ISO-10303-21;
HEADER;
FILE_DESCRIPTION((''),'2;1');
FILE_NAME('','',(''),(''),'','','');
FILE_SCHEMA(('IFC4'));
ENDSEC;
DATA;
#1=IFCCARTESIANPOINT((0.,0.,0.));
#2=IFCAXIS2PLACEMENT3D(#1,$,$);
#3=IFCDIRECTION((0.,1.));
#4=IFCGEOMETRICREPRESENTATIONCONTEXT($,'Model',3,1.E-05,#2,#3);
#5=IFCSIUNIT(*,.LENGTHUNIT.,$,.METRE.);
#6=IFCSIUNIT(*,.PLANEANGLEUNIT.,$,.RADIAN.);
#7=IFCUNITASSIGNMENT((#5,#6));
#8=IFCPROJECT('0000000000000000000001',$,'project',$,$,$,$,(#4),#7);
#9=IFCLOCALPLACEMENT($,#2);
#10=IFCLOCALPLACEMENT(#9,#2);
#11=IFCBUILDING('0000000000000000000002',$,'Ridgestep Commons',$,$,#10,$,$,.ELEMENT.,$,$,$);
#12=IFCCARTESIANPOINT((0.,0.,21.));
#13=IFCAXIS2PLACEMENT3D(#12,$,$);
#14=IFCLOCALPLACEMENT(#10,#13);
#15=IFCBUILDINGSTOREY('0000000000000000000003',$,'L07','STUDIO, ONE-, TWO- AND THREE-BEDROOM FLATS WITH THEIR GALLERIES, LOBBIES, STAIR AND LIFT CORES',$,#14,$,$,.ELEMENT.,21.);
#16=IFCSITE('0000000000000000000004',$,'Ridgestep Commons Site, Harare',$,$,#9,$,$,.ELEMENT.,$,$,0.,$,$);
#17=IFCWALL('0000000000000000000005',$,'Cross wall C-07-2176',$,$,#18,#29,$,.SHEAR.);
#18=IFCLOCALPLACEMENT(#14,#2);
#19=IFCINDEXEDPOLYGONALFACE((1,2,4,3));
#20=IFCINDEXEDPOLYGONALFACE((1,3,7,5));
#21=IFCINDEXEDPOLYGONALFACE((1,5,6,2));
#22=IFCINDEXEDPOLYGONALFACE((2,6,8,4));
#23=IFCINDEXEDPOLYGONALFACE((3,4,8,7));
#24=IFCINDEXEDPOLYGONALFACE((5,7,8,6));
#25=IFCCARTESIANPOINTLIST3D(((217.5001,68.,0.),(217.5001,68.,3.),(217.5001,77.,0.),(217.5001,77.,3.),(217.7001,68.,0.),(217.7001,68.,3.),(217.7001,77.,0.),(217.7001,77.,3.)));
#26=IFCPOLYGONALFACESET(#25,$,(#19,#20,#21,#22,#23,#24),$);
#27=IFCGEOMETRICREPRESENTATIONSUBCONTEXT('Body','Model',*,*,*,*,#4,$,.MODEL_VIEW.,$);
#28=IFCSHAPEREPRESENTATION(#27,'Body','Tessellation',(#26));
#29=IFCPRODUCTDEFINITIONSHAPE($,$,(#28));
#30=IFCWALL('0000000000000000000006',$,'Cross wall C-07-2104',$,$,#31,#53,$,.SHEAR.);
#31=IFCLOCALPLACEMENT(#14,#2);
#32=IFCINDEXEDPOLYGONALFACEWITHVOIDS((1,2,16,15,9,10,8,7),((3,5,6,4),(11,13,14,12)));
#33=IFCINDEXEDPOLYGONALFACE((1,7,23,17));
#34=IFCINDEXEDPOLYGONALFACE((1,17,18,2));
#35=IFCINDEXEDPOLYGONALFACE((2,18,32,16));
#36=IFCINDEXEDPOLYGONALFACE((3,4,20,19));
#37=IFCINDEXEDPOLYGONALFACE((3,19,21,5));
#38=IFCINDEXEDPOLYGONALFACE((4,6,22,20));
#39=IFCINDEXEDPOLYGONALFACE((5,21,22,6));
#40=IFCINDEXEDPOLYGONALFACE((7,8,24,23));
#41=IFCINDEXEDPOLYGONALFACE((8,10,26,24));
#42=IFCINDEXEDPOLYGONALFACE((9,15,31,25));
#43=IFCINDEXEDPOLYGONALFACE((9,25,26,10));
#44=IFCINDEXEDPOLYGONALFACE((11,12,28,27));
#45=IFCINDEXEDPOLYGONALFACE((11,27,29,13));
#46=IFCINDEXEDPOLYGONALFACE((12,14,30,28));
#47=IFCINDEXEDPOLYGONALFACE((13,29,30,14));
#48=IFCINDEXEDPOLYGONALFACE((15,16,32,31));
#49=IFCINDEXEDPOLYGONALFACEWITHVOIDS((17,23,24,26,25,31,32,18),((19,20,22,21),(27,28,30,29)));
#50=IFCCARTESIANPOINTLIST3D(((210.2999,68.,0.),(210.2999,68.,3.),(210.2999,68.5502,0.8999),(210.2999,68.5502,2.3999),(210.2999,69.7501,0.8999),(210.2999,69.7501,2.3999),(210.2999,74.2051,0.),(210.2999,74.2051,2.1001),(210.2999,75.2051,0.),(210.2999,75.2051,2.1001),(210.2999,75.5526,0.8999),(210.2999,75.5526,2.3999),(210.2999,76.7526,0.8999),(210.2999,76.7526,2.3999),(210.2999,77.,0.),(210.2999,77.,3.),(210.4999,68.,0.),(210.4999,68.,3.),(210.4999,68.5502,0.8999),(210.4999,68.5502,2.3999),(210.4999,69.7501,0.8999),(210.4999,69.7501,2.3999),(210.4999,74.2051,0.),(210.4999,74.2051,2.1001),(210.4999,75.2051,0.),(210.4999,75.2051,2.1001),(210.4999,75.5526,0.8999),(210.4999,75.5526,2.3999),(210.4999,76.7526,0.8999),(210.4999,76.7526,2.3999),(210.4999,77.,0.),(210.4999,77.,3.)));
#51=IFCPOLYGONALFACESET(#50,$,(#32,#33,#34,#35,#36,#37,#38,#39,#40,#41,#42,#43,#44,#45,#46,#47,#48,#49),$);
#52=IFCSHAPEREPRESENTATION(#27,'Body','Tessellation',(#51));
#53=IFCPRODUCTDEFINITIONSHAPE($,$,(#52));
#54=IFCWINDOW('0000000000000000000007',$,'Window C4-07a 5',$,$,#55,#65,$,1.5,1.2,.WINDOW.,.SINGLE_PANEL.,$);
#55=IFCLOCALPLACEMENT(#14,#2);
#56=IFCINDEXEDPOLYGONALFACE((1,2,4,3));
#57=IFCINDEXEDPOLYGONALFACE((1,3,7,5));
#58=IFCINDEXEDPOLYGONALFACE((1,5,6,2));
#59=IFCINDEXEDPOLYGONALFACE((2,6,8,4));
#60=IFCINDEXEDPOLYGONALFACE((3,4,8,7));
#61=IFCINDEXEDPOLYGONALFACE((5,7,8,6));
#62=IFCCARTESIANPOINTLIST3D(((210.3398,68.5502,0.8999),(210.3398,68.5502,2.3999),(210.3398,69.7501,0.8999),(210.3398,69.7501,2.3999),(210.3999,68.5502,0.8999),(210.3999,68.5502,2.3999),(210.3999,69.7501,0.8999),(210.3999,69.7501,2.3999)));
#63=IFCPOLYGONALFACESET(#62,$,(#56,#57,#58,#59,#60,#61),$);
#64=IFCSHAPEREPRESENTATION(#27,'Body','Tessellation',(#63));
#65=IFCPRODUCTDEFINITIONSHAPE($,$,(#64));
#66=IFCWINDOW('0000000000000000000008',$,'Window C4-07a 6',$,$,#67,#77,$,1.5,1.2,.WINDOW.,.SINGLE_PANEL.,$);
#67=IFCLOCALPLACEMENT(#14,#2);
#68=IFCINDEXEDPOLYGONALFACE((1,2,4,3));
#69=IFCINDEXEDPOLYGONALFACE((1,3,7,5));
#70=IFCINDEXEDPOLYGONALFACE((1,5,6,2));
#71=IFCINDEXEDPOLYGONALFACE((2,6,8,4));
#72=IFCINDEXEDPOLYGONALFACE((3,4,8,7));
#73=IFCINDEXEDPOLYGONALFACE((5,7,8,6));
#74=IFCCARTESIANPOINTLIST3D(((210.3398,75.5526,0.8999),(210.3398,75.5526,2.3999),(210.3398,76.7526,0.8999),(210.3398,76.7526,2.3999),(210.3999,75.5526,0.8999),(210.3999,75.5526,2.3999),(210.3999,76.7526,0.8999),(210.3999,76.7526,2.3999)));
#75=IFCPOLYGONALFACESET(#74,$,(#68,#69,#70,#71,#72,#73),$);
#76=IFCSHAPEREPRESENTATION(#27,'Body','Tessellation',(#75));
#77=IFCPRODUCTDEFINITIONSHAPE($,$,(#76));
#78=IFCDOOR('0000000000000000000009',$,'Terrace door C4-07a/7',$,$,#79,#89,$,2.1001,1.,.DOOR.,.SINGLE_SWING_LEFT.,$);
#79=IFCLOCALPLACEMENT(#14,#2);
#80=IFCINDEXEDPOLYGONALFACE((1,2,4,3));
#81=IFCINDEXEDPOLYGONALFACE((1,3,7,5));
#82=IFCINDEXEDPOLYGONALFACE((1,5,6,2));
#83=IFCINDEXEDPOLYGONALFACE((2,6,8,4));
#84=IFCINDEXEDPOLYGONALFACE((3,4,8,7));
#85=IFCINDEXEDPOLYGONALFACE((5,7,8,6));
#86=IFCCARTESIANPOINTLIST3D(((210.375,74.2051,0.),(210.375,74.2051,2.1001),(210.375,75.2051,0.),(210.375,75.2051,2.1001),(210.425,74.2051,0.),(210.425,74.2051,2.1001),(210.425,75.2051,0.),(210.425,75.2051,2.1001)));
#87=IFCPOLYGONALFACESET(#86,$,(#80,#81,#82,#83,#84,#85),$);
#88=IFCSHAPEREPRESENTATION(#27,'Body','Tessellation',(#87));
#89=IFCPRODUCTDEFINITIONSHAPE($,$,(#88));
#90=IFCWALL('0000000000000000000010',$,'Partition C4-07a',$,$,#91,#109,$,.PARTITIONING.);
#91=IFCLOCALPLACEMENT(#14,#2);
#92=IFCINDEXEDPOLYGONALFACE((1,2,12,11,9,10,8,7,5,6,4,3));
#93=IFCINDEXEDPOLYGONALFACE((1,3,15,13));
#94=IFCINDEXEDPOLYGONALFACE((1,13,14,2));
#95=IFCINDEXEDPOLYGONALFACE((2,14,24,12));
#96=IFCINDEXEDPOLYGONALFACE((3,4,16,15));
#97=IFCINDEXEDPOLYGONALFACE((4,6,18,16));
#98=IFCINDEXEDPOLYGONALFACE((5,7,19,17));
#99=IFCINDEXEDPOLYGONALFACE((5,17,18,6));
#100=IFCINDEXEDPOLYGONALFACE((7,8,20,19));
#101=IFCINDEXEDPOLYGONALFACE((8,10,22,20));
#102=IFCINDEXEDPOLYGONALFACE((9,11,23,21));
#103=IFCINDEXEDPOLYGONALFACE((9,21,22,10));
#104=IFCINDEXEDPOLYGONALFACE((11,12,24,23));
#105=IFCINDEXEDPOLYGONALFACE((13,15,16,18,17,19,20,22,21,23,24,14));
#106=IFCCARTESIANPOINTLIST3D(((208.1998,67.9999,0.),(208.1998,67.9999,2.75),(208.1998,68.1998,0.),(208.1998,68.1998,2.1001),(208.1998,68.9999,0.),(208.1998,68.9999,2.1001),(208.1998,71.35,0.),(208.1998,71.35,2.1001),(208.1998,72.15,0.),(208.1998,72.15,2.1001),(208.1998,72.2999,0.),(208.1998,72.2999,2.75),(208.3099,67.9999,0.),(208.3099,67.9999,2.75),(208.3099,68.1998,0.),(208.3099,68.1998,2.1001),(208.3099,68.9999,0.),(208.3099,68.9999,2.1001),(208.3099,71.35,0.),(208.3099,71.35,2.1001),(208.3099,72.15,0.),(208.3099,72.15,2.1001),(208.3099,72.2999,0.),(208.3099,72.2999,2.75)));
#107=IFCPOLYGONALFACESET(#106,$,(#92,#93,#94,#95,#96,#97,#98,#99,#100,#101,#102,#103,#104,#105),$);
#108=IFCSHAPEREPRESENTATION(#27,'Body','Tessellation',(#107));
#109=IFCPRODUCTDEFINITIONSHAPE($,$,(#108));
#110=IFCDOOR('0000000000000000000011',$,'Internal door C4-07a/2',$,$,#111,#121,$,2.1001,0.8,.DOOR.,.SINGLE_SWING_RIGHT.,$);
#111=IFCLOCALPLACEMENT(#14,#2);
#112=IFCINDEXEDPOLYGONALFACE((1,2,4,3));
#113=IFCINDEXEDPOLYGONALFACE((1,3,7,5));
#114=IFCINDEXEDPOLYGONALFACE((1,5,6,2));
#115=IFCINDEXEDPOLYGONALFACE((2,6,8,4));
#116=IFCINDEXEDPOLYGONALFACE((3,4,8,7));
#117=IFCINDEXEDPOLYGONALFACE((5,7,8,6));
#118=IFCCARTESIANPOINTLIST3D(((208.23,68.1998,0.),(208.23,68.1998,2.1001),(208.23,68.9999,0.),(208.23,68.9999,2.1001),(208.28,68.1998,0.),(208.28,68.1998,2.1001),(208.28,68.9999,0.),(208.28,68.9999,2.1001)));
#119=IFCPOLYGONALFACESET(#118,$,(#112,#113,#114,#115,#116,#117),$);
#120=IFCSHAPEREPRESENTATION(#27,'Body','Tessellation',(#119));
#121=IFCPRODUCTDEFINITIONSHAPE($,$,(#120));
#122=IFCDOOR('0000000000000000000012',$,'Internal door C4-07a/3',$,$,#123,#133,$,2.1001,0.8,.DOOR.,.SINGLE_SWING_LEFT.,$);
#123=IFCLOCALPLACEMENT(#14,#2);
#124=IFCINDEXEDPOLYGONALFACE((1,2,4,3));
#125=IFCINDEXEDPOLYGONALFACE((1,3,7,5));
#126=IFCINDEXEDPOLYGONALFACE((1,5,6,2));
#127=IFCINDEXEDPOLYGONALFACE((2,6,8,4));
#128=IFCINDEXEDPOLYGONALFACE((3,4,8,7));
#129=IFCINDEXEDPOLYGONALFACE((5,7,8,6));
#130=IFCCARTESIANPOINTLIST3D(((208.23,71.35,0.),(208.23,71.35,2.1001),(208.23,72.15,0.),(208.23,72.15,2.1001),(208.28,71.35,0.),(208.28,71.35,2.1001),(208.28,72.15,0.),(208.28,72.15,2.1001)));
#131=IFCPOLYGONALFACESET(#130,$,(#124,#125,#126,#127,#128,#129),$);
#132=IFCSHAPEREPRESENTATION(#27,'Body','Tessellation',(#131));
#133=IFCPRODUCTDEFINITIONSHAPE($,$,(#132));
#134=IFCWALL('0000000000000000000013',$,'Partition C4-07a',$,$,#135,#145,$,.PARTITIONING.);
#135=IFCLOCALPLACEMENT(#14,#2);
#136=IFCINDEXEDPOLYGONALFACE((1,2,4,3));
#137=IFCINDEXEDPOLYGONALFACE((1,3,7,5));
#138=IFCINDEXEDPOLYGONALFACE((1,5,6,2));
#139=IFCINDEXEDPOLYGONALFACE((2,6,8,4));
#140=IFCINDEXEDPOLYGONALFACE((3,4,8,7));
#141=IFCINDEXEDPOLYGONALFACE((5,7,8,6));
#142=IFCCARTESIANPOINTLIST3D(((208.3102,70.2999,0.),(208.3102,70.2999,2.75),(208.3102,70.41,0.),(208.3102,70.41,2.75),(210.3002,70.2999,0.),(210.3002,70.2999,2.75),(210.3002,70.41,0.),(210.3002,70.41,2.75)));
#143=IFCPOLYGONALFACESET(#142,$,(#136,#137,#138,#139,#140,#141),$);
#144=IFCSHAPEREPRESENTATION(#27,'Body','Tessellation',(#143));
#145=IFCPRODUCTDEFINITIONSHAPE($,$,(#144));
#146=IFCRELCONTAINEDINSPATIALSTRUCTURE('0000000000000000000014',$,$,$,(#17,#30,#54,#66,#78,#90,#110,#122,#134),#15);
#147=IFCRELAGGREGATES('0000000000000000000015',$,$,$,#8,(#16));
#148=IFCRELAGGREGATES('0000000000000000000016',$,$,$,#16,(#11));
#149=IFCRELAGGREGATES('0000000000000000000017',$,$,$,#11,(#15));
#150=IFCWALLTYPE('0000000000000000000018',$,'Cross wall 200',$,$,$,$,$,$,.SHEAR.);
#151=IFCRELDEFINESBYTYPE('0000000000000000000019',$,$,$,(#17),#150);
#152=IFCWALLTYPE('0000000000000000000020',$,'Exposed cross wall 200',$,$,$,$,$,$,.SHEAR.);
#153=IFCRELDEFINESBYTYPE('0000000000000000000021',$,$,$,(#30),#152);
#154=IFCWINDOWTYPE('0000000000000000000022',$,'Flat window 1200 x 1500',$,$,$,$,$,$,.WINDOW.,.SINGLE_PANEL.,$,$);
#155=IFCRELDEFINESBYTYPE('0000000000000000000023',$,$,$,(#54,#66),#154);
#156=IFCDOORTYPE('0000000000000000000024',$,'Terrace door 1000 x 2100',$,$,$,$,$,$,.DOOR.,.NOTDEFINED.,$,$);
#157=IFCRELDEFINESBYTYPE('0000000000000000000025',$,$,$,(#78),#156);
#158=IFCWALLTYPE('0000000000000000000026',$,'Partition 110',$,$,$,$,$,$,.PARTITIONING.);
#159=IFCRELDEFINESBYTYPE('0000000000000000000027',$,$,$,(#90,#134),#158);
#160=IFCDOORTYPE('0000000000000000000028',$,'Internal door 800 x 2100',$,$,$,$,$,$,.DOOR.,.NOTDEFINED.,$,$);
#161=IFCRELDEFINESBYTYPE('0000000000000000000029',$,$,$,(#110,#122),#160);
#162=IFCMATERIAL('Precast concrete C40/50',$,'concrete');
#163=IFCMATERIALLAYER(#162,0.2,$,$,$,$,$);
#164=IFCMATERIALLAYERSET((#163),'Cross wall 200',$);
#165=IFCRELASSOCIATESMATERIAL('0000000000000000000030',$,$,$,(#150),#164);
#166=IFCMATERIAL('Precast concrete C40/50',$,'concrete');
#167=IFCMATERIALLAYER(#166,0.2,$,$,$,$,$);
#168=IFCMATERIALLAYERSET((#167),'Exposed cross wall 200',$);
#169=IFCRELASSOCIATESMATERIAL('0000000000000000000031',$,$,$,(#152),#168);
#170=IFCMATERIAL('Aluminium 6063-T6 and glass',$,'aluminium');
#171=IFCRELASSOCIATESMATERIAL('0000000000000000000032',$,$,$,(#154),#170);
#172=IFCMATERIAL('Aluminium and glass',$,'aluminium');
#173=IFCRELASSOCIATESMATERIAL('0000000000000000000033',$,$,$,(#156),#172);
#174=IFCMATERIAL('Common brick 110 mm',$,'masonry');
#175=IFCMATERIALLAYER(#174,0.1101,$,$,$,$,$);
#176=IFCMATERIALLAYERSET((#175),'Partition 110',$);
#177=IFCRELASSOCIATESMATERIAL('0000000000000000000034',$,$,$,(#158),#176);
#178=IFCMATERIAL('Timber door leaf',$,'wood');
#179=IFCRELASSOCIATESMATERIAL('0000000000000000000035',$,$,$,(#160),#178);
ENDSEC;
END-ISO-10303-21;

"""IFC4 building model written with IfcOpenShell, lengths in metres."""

from ifc_helpers import new_model, si_unit, direction, frame, frame_2d, origin, place, context, subcontext, project, spatial, rectangle, extrude, material, layer, layer_set, type_object, element, fill, save


model = new_model("IFC4")

# Units and contexts
model_context = context("Model", 3, precision=1e-05, world=origin(), true_north=direction((0.0, 1.0)))
body_context = subcontext(model_context, "Body", "Model", "MODEL_VIEW")
ifc_project = project(units=[si_unit("LENGTHUNIT", "METRE"), si_unit("PLANEANGLEUNIT", "RADIAN")], contexts=[model_context])

# Site, building, storey
site_placement = place(None, origin())
site = spatial("IfcSite", under=ifc_project, at=site_placement, Name="Ridgestep Commons Site, Harare", CompositionType="ELEMENT", RefElevation=0.0)
building_placement = place(site_placement, origin())
building = spatial("IfcBuilding", under=site, at=building_placement, Name="Ridgestep Commons", CompositionType="ELEMENT")
storey_placement = place(building_placement, frame((0.0, 0.0, 21.0)))
storey = spatial("IfcBuildingStorey", under=building, at=storey_placement, Name="L07", Description="STUDIO, ONE-, TWO- AND THREE-BEDROOM FLATS WITH THEIR GALLERIES, LOBBIES, STAIR AND LIFT CORES", CompositionType="ELEMENT", Elevation=21.0)

# Wall
ifc_material_1 = material(Name="Precast concrete C40/50", Category="concrete")
ifc_layer_1 = layer(ifc_material_1, 0.2)
ifc_layer_set_1 = layer_set([ifc_layer_1], Name="Cross wall 200")
wall_type_1 = type_object("IfcWallType", Name="Cross wall 200", PredefinedType="SHEAR", material=ifc_layer_set_1)
wall_1_placement = place(storey_placement, frame((217.6001, 68.0, 0.0), z_axis=(0.0, 0.0, 1.0), x_axis=(0.0, 1.0, 0.0)))
element("IfcWall", 1, at=wall_1_placement, inside=storey, type_object=wall_type_1, Name="Cross wall C-07-2176", PredefinedType="SHEAR", context=body_context, shape_type="SweptSolid", body=[
    extrude(rectangle(XDim=9.0, YDim=0.2, at=frame_2d((4.5, 0.0))), origin(), (0.0, 0.0, 1.0), 3.0),
])

# Wall, openings, windows, door
ifc_material_2 = material(Name="Precast concrete C40/50", Category="concrete")
ifc_layer_2 = layer(ifc_material_2, 0.2)
ifc_layer_set_2 = layer_set([ifc_layer_2], Name="Exposed cross wall 200")
wall_type_2 = type_object("IfcWallType", Name="Exposed cross wall 200", PredefinedType="SHEAR", material=ifc_layer_set_2)
wall_2_placement = place(storey_placement, frame((210.3999, 68.0, 0.0), z_axis=(0.0, 0.0, 1.0), x_axis=(0.0, 1.0, 0.0)))
wall_2 = element("IfcWall", 2, at=wall_2_placement, inside=storey, type_object=wall_type_2, Name="Cross wall C-07-2104", PredefinedType="SHEAR", context=body_context, shape_type="SweptSolid", body=[
    extrude(rectangle(XDim=9.0, YDim=0.2, at=frame_2d((4.5, 0.0))), origin(), (0.0, 0.0, 1.0), 3.0),
])
opening_1_placement = place(wall_2_placement, frame((0.55, 0.0, 0.8999)))
opening_1 = element("IfcOpeningElement", 3, at=opening_1_placement, cuts=wall_2, PredefinedType="OPENING", context=body_context, shape_type="SweptSolid", body=[
    extrude(rectangle(XDim=1.2, YDim=1.5, at=frame_2d((0.6001, 0.75))), frame((0.0, 0.1099, 0.0), z_axis=(0.0, -1.0, 0.0), x_axis=(1.0, 0.0, 0.0)), (0.0, 0.0, 1.0), 0.22),
])
opening_2_placement = place(wall_2_placement, frame((7.5525, 0.0, 0.8999)))
opening_2 = element("IfcOpeningElement", 4, at=opening_2_placement, cuts=wall_2, PredefinedType="OPENING", context=body_context, shape_type="SweptSolid", body=[
    extrude(rectangle(XDim=1.2, YDim=1.5, at=frame_2d((0.6001, 0.75))), frame((0.0, 0.1099, 0.0), z_axis=(0.0, -1.0, 0.0), x_axis=(1.0, 0.0, 0.0)), (0.0, 0.0, 1.0), 0.22),
])
opening_3_placement = place(wall_2_placement, frame((6.2051, 0.0, 0.0)))
opening_3 = element("IfcOpeningElement", 5, at=opening_3_placement, cuts=wall_2, PredefinedType="OPENING", context=body_context, shape_type="SweptSolid", body=[
    extrude(rectangle(XDim=1.0, YDim=2.1001, at=frame_2d((0.5, 1.05))), frame((0.0, 0.1099, 0.0), z_axis=(0.0, -1.0, 0.0), x_axis=(1.0, 0.0, 0.0)), (0.0, 0.0, 1.0), 0.22),
])
ifc_material_3 = material(Name="Aluminium 6063-T6 and glass", Category="aluminium")
window_type_1 = type_object("IfcWindowType", Name="Flat window 1200 x 1500", PartitioningType="SINGLE_PANEL", PredefinedType="WINDOW", material=ifc_material_3)
window_1_placement = place(opening_1_placement, origin())
window_1 = element("IfcWindow", 6, at=window_1_placement, inside=storey, type_object=window_type_1, Name="Window C4-07a 5", OverallHeight=1.5, OverallWidth=1.2, PartitioningType="SINGLE_PANEL", PredefinedType="WINDOW", context=body_context, shape_type="SweptSolid", body=[
    extrude(rectangle(XDim=1.2, YDim=1.5, at=frame_2d((0.6001, 0.75))), frame((0.0, 0.0601, 0.0), z_axis=(0.0, -1.0, 0.0), x_axis=(1.0, 0.0, 0.0)), (0.0, 0.0, 1.0), 0.0601),
])
fill(opening_1, window_1)
window_2_placement = place(opening_2_placement, origin())
window_2 = element("IfcWindow", 7, at=window_2_placement, inside=storey, type_object=window_type_1, Name="Window C4-07a 6", OverallHeight=1.5, OverallWidth=1.2, PartitioningType="SINGLE_PANEL", PredefinedType="WINDOW", context=body_context, shape_type="SweptSolid", body=[
    extrude(rectangle(XDim=1.2, YDim=1.5, at=frame_2d((0.6001, 0.75))), frame((0.0, 0.0601, 0.0), z_axis=(0.0, -1.0, 0.0), x_axis=(1.0, 0.0, 0.0)), (0.0, 0.0, 1.0), 0.0601),
])
fill(opening_2, window_2)
ifc_material_4 = material(Name="Aluminium and glass", Category="aluminium")
door_type_1 = type_object("IfcDoorType", Name="Terrace door 1000 x 2100", OperationType="NOTDEFINED", PredefinedType="DOOR", material=ifc_material_4)
door_1_placement = place(opening_3_placement, origin())
door_1 = element("IfcDoor", 8, at=door_1_placement, inside=storey, type_object=door_type_1, Name="Terrace door C4-07a/7", OperationType="SINGLE_SWING_LEFT", OverallHeight=2.1001, OverallWidth=1.0, PredefinedType="DOOR", context=body_context, shape_type="SweptSolid", body=[
    extrude(rectangle(XDim=1.0, YDim=2.1001, at=frame_2d((0.5, 1.05))), frame((0.0, 0.0249, 0.0), z_axis=(0.0, -1.0, 0.0), x_axis=(1.0, 0.0, 0.0)), (0.0, 0.0, 1.0), 0.05),
])
fill(opening_3, door_1)

# Wall, openings, doors
ifc_material_5 = material(Name="Common brick 110 mm", Category="masonry")
ifc_layer_3 = layer(ifc_material_5, 0.1101)
ifc_layer_set_3 = layer_set([ifc_layer_3], Name="Partition 110")
wall_type_3 = type_object("IfcWallType", Name="Partition 110", PredefinedType="PARTITIONING", material=ifc_layer_set_3)
wall_3_placement = place(storey_placement, frame((208.2549, 68.0, 0.0), z_axis=(0.0, 0.0, 1.0), x_axis=(0.0, 1.0, 0.0)))
wall_3 = element("IfcWall", 9, at=wall_3_placement, inside=storey, type_object=wall_type_3, Name="Partition C4-07a", PredefinedType="PARTITIONING", context=body_context, shape_type="SweptSolid", body=[
    extrude(rectangle(XDim=4.3, YDim=0.1101, at=frame_2d((2.1499, 0.0))), origin(), (0.0, 0.0, 1.0), 2.75),
])
opening_4_placement = place(wall_3_placement, frame((0.2, 0.0, 0.0)))
opening_4 = element("IfcOpeningElement", 10, at=opening_4_placement, cuts=wall_3, PredefinedType="OPENING", context=body_context, shape_type="SweptSolid", body=[
    extrude(rectangle(XDim=0.8, YDim=2.1001, at=frame_2d((0.3999, 1.05))), frame((0.0, 0.0649, 0.0), z_axis=(0.0, -1.0, 0.0), x_axis=(1.0, 0.0, 0.0)), (0.0, 0.0, 1.0), 0.1301),
])
opening_5_placement = place(wall_3_placement, frame((3.3501, 0.0, 0.0)))
opening_5 = element("IfcOpeningElement", 11, at=opening_5_placement, cuts=wall_3, PredefinedType="OPENING", context=body_context, shape_type="SweptSolid", body=[
    extrude(rectangle(XDim=0.8, YDim=2.1001, at=frame_2d((0.3999, 1.05))), frame((0.0, 0.0649, 0.0), z_axis=(0.0, -1.0, 0.0), x_axis=(1.0, 0.0, 0.0)), (0.0, 0.0, 1.0), 0.1301),
])
ifc_material_6 = material(Name="Timber door leaf", Category="wood")
door_type_2 = type_object("IfcDoorType", Name="Internal door 800 x 2100", OperationType="NOTDEFINED", PredefinedType="DOOR", material=ifc_material_6)
door_2_placement = place(opening_4_placement, origin())
door_2 = element("IfcDoor", 12, at=door_2_placement, inside=storey, type_object=door_type_2, Name="Internal door C4-07a/2", OperationType="SINGLE_SWING_RIGHT", OverallHeight=2.1001, OverallWidth=0.8, PredefinedType="DOOR", context=body_context, shape_type="SweptSolid", body=[
    extrude(rectangle(XDim=0.8, YDim=2.1001, at=frame_2d((0.3999, 1.05))), frame((0.0, 0.0249, 0.0), z_axis=(0.0, -1.0, 0.0), x_axis=(1.0, 0.0, 0.0)), (0.0, 0.0, 1.0), 0.05),
])
fill(opening_4, door_2)
door_3_placement = place(opening_5_placement, origin())
door_3 = element("IfcDoor", 13, at=door_3_placement, inside=storey, type_object=door_type_2, Name="Internal door C4-07a/3", OperationType="SINGLE_SWING_LEFT", OverallHeight=2.1001, OverallWidth=0.8, PredefinedType="DOOR", context=body_context, shape_type="SweptSolid", body=[
    extrude(rectangle(XDim=0.8, YDim=2.1001, at=frame_2d((0.3999, 1.05))), frame((0.0, 0.0249, 0.0), z_axis=(0.0, -1.0, 0.0), x_axis=(1.0, 0.0, 0.0)), (0.0, 0.0, 1.0), 0.05),
])
fill(opening_5, door_3)

# Wall
wall_4_placement = place(storey_placement, frame((208.3101, 70.355, 0.0), z_axis=(0.0, 0.0, 1.0), x_axis=(1.0, 0.0, 0.0)))
element("IfcWall", 14, at=wall_4_placement, inside=storey, type_object=wall_type_3, Name="Partition C4-07a", PredefinedType="PARTITIONING", context=body_context, shape_type="SweptSolid", body=[
    extrude(rectangle(XDim=1.99, YDim=0.1101, at=frame_2d((0.9951, 0.0))), origin(), (0.0, 0.0, 1.0), 2.75),
])

save(model, "model.ifc")
